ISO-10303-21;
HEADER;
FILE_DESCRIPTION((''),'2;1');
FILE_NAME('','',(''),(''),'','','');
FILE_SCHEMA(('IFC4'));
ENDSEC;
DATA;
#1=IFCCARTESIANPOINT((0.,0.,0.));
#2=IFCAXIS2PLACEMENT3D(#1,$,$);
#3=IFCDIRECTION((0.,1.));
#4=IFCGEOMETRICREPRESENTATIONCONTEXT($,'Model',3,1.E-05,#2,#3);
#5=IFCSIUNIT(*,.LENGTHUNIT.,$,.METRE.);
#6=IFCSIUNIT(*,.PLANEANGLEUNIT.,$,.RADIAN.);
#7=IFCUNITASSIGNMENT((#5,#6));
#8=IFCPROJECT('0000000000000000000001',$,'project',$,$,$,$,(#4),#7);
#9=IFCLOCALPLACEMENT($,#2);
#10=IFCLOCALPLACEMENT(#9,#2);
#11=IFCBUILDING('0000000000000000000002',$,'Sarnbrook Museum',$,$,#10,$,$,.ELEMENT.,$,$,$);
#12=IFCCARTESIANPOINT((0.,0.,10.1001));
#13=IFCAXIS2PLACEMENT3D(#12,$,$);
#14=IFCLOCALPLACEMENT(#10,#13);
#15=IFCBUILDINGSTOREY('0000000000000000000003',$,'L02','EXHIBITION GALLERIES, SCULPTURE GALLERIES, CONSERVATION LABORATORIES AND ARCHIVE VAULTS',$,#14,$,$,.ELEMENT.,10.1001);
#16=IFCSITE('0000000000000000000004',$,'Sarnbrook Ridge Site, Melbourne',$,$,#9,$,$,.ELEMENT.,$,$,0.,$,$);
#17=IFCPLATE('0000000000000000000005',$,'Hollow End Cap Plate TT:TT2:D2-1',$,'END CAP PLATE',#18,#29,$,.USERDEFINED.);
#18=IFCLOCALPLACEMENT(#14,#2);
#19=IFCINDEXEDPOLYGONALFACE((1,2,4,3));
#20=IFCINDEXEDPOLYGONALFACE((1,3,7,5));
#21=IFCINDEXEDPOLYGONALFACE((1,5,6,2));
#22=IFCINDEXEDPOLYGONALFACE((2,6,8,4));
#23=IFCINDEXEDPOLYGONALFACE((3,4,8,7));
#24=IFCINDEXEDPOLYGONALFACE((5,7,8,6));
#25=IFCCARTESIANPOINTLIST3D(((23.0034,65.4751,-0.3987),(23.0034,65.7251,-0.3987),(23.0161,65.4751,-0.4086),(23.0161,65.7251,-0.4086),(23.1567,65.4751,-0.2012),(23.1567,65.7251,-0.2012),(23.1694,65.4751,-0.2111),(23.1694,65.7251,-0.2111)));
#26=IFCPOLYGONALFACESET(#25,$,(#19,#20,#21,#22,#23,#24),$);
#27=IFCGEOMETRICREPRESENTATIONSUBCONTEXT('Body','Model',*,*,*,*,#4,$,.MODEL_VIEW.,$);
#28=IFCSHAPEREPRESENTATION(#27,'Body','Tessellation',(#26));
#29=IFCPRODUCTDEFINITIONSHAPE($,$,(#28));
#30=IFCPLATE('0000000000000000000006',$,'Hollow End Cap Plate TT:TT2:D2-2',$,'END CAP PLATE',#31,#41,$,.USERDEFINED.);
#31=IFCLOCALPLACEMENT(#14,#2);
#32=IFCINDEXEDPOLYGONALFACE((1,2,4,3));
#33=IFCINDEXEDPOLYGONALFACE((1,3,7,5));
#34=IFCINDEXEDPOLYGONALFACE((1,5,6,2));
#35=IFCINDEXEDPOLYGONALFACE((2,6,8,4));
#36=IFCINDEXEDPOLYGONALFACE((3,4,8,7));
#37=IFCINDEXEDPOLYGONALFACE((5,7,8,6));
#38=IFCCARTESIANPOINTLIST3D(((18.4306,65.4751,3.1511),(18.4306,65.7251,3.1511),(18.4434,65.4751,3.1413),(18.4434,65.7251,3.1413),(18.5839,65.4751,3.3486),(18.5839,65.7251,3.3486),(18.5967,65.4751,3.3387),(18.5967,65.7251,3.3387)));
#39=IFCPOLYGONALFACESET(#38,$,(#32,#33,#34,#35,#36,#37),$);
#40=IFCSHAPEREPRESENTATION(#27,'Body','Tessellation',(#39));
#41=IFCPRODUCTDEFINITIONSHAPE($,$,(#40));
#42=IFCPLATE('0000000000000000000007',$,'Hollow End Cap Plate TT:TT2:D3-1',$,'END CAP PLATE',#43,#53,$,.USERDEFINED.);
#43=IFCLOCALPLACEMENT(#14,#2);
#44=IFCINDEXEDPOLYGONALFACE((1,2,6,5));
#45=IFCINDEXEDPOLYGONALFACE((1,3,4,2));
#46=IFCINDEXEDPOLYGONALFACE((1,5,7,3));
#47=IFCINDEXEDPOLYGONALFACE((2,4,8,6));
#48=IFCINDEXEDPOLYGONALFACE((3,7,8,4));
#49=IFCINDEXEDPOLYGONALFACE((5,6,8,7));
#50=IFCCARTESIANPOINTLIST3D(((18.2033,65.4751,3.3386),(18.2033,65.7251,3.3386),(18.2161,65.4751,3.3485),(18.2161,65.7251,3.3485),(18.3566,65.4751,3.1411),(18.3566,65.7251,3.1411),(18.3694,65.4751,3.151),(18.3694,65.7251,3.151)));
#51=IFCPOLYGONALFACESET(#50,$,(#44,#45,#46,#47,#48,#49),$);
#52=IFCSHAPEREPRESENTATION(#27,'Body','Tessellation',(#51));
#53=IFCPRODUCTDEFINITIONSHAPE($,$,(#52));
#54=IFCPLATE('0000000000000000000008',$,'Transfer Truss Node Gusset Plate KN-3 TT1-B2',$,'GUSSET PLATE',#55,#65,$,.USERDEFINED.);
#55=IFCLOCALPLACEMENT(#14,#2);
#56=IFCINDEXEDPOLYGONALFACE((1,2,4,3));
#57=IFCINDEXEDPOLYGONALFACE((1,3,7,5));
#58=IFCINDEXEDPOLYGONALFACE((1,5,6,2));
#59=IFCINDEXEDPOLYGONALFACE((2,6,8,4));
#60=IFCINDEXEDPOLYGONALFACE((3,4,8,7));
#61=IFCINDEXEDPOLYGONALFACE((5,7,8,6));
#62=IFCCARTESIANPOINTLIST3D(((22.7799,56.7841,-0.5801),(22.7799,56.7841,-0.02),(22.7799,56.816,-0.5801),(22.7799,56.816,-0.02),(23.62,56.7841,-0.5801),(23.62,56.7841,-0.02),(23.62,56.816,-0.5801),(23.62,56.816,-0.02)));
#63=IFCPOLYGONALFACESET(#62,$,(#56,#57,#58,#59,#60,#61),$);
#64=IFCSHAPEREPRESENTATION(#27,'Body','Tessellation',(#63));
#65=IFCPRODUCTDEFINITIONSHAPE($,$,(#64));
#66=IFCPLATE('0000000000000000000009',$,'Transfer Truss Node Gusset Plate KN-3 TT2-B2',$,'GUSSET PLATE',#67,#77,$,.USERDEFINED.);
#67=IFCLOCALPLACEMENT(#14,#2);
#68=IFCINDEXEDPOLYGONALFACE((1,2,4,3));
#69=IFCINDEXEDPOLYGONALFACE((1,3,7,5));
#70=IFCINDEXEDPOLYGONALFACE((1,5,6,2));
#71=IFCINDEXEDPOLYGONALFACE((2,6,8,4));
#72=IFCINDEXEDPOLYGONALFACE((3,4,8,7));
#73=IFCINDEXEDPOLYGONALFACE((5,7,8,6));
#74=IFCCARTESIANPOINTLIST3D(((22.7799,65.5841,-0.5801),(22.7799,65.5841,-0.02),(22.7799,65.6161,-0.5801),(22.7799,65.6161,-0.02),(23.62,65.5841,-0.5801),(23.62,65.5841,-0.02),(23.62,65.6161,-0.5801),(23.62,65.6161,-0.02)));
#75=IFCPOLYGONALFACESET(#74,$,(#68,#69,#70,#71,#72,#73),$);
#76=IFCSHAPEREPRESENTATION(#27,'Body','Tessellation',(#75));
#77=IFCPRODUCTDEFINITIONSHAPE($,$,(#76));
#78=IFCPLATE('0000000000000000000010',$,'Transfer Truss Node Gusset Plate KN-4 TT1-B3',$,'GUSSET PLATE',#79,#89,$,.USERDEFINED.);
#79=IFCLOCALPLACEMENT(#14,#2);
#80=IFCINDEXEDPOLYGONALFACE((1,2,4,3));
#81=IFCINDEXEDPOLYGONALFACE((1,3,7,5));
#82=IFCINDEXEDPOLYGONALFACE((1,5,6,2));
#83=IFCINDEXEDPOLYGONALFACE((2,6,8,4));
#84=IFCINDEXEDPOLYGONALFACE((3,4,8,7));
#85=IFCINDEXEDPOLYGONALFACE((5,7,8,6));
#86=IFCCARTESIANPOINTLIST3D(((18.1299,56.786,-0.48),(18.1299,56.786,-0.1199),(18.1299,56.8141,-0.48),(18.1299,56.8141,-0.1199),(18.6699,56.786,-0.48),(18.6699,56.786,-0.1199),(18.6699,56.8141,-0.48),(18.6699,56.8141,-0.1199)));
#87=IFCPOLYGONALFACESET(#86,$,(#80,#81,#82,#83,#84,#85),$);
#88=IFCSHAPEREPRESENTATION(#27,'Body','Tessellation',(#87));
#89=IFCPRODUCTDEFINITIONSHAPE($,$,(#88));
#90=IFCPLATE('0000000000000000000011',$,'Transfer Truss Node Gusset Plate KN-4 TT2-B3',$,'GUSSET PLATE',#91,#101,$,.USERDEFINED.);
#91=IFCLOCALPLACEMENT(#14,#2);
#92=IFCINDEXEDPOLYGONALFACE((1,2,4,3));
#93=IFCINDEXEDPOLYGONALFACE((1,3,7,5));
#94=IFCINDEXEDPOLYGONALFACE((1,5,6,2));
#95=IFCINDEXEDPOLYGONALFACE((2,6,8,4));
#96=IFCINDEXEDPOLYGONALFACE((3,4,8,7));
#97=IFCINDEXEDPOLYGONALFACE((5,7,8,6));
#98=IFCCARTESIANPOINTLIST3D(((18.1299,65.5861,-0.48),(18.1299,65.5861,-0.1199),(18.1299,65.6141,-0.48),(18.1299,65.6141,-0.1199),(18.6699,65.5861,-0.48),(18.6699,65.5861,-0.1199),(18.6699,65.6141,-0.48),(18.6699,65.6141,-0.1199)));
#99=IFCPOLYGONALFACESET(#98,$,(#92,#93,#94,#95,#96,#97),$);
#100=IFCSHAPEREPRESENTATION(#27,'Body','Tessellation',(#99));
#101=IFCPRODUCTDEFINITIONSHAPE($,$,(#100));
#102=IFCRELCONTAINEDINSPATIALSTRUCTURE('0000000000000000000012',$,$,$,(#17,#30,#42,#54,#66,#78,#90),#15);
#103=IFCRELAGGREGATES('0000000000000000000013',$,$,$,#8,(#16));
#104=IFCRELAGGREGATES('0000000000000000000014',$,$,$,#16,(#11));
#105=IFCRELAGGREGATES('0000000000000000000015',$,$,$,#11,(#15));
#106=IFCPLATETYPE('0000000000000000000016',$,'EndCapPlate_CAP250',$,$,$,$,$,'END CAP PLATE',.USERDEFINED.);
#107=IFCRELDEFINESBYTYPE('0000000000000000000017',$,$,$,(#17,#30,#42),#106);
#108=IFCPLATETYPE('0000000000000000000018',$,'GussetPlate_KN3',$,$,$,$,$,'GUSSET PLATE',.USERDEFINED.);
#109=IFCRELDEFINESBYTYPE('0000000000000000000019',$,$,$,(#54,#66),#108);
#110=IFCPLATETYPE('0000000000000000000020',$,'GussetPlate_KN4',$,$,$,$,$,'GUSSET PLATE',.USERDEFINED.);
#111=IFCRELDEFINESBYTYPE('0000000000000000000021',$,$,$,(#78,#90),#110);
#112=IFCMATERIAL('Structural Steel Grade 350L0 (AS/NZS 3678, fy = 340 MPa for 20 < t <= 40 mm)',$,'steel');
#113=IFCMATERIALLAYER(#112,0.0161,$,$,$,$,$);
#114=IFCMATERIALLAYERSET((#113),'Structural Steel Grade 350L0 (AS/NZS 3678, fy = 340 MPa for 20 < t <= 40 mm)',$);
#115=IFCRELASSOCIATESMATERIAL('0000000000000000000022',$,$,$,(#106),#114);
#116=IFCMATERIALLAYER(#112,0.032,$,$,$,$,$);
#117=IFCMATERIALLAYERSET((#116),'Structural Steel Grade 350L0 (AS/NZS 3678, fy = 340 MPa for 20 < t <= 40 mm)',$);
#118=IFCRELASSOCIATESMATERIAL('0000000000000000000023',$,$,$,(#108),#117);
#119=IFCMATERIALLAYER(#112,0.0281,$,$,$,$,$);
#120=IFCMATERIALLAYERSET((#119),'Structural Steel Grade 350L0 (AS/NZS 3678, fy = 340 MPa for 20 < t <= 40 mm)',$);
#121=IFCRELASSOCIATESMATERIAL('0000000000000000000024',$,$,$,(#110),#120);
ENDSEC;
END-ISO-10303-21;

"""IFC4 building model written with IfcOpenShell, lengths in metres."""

from ifc_helpers import new_model, si_unit, direction, frame, origin, origin_2d, place, context, subcontext, project, spatial, rectangle, extrude, material, layer, layer_set, type_object, element, save


model = new_model("IFC4")

# Units and contexts
model_context = context("Model", 3, precision=1e-05, world=origin(), true_north=direction((0.0, 1.0)))
body_context = subcontext(model_context, "Body", "Model", "MODEL_VIEW")
ifc_project = project(units=[si_unit("LENGTHUNIT", "METRE"), si_unit("PLANEANGLEUNIT", "RADIAN")], contexts=[model_context])

# Site, building, storey
site_placement = place(None, origin())
site = spatial("IfcSite", under=ifc_project, at=site_placement, Name="Sarnbrook Ridge Site, Melbourne", CompositionType="ELEMENT", RefElevation=0.0)
building_placement = place(site_placement, origin())
building = spatial("IfcBuilding", under=site, at=building_placement, Name="Sarnbrook Museum", CompositionType="ELEMENT")
storey_placement = place(building_placement, frame((0.0, 0.0, 10.1001)))
storey = spatial("IfcBuildingStorey", under=building, at=storey_placement, Name="L02", Description="EXHIBITION GALLERIES, SCULPTURE GALLERIES, CONSERVATION LABORATORIES AND ARCHIVE VAULTS", CompositionType="ELEMENT", Elevation=10.1001)

# Plates
ifc_material_1 = material(Name="Structural Steel Grade 350L0 (AS/NZS 3678, fy = 340 MPa for 20 < t <= 40 mm)", Category="steel")
ifc_layer_1 = layer(ifc_material_1, 0.0161)
ifc_layer_set_1 = layer_set([ifc_layer_1], Name="Structural Steel Grade 350L0 (AS/NZS 3678, fy = 340 MPa for 20 < t <= 40 mm)")
plate_type_1 = type_object("IfcPlateType", Name="EndCapPlate_CAP250", ElementType="END CAP PLATE", PredefinedType="USERDEFINED", material=ifc_layer_set_1)
for number, where, z_axis, x_axis, name in (
    (1, (23.0928, 65.6001, -0.3098), (-0.789912, 0.0, 0.613221), (0.0, -1.0, 0.0), "Hollow End Cap Plate TT:TT2:D2-1"),
    (2, (18.52, 65.6001, 3.24), (-0.789912, 0.0, 0.613221), (0.0, -1.0, 0.0), "Hollow End Cap Plate TT:TT2:D2-2"),
    (3, (18.2927, 65.6001, 3.2498), (-0.789912, 0.0, -0.613221), (0.0, -1.0, 0.0), "Hollow End Cap Plate TT:TT2:D3-1"),
):
    element("IfcPlate", number, at=place(storey_placement, frame(where, z_axis=z_axis, x_axis=x_axis)), inside=storey, type_object=plate_type_1, Name=name, ObjectType="END CAP PLATE", PredefinedType="USERDEFINED", context=body_context, shape_type="SweptSolid", body=[
        extrude(rectangle(XDim=0.25, YDim=0.25, at=origin_2d()), origin(), (0.0, 0.0, 1.0), 0.0161),
    ])
ifc_layer_2 = layer(ifc_material_1, 0.032)
ifc_layer_set_2 = layer_set([ifc_layer_2], Name="Structural Steel Grade 350L0 (AS/NZS 3678, fy = 340 MPa for 20 < t <= 40 mm)")
plate_type_2 = type_object("IfcPlateType", Name="GussetPlate_KN3", ElementType="GUSSET PLATE", PredefinedType="USERDEFINED", material=ifc_layer_set_2)
for number, where, z_axis, x_axis, name in (
    (4, (23.2, 56.8, -0.5801), (0.0, 0.0, 1.0), (1.0, 0.0, 0.0), "Transfer Truss Node Gusset Plate KN-3 TT1-B2"),
    (5, (23.2, 65.6001, -0.5801), (0.0, 0.0, 1.0), (1.0, 0.0, 0.0), "Transfer Truss Node Gusset Plate KN-3 TT2-B2"),
):
    element("IfcPlate", number, at=place(storey_placement, frame(where, z_axis=z_axis, x_axis=x_axis)), inside=storey, type_object=plate_type_2, Name=name, ObjectType="GUSSET PLATE", PredefinedType="USERDEFINED", context=body_context, shape_type="SweptSolid", body=[
        extrude(rectangle(XDim=0.8401, YDim=0.032, at=origin_2d()), origin(), (0.0, 0.0, 1.0), 0.5601),
    ])
ifc_layer_3 = layer(ifc_material_1, 0.0281)
ifc_layer_set_3 = layer_set([ifc_layer_3], Name="Structural Steel Grade 350L0 (AS/NZS 3678, fy = 340 MPa for 20 < t <= 40 mm)")
plate_type_3 = type_object("IfcPlateType", Name="GussetPlate_KN4", ElementType="GUSSET PLATE", PredefinedType="USERDEFINED", material=ifc_layer_set_3)
for number, where, z_axis, x_axis, name in (
    (6, (18.3999, 56.8, -0.48), (0.0, 0.0, 1.0), (1.0, 0.0, 0.0), "Transfer Truss Node Gusset Plate KN-4 TT1-B3"),
    (7, (18.3999, 65.6001, -0.48), (0.0, 0.0, 1.0), (1.0, 0.0, 0.0), "Transfer Truss Node Gusset Plate KN-4 TT2-B3"),
):
    element("IfcPlate", number, at=place(storey_placement, frame(where, z_axis=z_axis, x_axis=x_axis)), inside=storey, type_object=plate_type_3, Name=name, ObjectType="GUSSET PLATE", PredefinedType="USERDEFINED", context=body_context, shape_type="SweptSolid", body=[
        extrude(rectangle(XDim=0.54, YDim=0.0281, at=origin_2d()), origin(), (0.0, 0.0, 1.0), 0.3601),
    ])

save(model, "model.ifc")
